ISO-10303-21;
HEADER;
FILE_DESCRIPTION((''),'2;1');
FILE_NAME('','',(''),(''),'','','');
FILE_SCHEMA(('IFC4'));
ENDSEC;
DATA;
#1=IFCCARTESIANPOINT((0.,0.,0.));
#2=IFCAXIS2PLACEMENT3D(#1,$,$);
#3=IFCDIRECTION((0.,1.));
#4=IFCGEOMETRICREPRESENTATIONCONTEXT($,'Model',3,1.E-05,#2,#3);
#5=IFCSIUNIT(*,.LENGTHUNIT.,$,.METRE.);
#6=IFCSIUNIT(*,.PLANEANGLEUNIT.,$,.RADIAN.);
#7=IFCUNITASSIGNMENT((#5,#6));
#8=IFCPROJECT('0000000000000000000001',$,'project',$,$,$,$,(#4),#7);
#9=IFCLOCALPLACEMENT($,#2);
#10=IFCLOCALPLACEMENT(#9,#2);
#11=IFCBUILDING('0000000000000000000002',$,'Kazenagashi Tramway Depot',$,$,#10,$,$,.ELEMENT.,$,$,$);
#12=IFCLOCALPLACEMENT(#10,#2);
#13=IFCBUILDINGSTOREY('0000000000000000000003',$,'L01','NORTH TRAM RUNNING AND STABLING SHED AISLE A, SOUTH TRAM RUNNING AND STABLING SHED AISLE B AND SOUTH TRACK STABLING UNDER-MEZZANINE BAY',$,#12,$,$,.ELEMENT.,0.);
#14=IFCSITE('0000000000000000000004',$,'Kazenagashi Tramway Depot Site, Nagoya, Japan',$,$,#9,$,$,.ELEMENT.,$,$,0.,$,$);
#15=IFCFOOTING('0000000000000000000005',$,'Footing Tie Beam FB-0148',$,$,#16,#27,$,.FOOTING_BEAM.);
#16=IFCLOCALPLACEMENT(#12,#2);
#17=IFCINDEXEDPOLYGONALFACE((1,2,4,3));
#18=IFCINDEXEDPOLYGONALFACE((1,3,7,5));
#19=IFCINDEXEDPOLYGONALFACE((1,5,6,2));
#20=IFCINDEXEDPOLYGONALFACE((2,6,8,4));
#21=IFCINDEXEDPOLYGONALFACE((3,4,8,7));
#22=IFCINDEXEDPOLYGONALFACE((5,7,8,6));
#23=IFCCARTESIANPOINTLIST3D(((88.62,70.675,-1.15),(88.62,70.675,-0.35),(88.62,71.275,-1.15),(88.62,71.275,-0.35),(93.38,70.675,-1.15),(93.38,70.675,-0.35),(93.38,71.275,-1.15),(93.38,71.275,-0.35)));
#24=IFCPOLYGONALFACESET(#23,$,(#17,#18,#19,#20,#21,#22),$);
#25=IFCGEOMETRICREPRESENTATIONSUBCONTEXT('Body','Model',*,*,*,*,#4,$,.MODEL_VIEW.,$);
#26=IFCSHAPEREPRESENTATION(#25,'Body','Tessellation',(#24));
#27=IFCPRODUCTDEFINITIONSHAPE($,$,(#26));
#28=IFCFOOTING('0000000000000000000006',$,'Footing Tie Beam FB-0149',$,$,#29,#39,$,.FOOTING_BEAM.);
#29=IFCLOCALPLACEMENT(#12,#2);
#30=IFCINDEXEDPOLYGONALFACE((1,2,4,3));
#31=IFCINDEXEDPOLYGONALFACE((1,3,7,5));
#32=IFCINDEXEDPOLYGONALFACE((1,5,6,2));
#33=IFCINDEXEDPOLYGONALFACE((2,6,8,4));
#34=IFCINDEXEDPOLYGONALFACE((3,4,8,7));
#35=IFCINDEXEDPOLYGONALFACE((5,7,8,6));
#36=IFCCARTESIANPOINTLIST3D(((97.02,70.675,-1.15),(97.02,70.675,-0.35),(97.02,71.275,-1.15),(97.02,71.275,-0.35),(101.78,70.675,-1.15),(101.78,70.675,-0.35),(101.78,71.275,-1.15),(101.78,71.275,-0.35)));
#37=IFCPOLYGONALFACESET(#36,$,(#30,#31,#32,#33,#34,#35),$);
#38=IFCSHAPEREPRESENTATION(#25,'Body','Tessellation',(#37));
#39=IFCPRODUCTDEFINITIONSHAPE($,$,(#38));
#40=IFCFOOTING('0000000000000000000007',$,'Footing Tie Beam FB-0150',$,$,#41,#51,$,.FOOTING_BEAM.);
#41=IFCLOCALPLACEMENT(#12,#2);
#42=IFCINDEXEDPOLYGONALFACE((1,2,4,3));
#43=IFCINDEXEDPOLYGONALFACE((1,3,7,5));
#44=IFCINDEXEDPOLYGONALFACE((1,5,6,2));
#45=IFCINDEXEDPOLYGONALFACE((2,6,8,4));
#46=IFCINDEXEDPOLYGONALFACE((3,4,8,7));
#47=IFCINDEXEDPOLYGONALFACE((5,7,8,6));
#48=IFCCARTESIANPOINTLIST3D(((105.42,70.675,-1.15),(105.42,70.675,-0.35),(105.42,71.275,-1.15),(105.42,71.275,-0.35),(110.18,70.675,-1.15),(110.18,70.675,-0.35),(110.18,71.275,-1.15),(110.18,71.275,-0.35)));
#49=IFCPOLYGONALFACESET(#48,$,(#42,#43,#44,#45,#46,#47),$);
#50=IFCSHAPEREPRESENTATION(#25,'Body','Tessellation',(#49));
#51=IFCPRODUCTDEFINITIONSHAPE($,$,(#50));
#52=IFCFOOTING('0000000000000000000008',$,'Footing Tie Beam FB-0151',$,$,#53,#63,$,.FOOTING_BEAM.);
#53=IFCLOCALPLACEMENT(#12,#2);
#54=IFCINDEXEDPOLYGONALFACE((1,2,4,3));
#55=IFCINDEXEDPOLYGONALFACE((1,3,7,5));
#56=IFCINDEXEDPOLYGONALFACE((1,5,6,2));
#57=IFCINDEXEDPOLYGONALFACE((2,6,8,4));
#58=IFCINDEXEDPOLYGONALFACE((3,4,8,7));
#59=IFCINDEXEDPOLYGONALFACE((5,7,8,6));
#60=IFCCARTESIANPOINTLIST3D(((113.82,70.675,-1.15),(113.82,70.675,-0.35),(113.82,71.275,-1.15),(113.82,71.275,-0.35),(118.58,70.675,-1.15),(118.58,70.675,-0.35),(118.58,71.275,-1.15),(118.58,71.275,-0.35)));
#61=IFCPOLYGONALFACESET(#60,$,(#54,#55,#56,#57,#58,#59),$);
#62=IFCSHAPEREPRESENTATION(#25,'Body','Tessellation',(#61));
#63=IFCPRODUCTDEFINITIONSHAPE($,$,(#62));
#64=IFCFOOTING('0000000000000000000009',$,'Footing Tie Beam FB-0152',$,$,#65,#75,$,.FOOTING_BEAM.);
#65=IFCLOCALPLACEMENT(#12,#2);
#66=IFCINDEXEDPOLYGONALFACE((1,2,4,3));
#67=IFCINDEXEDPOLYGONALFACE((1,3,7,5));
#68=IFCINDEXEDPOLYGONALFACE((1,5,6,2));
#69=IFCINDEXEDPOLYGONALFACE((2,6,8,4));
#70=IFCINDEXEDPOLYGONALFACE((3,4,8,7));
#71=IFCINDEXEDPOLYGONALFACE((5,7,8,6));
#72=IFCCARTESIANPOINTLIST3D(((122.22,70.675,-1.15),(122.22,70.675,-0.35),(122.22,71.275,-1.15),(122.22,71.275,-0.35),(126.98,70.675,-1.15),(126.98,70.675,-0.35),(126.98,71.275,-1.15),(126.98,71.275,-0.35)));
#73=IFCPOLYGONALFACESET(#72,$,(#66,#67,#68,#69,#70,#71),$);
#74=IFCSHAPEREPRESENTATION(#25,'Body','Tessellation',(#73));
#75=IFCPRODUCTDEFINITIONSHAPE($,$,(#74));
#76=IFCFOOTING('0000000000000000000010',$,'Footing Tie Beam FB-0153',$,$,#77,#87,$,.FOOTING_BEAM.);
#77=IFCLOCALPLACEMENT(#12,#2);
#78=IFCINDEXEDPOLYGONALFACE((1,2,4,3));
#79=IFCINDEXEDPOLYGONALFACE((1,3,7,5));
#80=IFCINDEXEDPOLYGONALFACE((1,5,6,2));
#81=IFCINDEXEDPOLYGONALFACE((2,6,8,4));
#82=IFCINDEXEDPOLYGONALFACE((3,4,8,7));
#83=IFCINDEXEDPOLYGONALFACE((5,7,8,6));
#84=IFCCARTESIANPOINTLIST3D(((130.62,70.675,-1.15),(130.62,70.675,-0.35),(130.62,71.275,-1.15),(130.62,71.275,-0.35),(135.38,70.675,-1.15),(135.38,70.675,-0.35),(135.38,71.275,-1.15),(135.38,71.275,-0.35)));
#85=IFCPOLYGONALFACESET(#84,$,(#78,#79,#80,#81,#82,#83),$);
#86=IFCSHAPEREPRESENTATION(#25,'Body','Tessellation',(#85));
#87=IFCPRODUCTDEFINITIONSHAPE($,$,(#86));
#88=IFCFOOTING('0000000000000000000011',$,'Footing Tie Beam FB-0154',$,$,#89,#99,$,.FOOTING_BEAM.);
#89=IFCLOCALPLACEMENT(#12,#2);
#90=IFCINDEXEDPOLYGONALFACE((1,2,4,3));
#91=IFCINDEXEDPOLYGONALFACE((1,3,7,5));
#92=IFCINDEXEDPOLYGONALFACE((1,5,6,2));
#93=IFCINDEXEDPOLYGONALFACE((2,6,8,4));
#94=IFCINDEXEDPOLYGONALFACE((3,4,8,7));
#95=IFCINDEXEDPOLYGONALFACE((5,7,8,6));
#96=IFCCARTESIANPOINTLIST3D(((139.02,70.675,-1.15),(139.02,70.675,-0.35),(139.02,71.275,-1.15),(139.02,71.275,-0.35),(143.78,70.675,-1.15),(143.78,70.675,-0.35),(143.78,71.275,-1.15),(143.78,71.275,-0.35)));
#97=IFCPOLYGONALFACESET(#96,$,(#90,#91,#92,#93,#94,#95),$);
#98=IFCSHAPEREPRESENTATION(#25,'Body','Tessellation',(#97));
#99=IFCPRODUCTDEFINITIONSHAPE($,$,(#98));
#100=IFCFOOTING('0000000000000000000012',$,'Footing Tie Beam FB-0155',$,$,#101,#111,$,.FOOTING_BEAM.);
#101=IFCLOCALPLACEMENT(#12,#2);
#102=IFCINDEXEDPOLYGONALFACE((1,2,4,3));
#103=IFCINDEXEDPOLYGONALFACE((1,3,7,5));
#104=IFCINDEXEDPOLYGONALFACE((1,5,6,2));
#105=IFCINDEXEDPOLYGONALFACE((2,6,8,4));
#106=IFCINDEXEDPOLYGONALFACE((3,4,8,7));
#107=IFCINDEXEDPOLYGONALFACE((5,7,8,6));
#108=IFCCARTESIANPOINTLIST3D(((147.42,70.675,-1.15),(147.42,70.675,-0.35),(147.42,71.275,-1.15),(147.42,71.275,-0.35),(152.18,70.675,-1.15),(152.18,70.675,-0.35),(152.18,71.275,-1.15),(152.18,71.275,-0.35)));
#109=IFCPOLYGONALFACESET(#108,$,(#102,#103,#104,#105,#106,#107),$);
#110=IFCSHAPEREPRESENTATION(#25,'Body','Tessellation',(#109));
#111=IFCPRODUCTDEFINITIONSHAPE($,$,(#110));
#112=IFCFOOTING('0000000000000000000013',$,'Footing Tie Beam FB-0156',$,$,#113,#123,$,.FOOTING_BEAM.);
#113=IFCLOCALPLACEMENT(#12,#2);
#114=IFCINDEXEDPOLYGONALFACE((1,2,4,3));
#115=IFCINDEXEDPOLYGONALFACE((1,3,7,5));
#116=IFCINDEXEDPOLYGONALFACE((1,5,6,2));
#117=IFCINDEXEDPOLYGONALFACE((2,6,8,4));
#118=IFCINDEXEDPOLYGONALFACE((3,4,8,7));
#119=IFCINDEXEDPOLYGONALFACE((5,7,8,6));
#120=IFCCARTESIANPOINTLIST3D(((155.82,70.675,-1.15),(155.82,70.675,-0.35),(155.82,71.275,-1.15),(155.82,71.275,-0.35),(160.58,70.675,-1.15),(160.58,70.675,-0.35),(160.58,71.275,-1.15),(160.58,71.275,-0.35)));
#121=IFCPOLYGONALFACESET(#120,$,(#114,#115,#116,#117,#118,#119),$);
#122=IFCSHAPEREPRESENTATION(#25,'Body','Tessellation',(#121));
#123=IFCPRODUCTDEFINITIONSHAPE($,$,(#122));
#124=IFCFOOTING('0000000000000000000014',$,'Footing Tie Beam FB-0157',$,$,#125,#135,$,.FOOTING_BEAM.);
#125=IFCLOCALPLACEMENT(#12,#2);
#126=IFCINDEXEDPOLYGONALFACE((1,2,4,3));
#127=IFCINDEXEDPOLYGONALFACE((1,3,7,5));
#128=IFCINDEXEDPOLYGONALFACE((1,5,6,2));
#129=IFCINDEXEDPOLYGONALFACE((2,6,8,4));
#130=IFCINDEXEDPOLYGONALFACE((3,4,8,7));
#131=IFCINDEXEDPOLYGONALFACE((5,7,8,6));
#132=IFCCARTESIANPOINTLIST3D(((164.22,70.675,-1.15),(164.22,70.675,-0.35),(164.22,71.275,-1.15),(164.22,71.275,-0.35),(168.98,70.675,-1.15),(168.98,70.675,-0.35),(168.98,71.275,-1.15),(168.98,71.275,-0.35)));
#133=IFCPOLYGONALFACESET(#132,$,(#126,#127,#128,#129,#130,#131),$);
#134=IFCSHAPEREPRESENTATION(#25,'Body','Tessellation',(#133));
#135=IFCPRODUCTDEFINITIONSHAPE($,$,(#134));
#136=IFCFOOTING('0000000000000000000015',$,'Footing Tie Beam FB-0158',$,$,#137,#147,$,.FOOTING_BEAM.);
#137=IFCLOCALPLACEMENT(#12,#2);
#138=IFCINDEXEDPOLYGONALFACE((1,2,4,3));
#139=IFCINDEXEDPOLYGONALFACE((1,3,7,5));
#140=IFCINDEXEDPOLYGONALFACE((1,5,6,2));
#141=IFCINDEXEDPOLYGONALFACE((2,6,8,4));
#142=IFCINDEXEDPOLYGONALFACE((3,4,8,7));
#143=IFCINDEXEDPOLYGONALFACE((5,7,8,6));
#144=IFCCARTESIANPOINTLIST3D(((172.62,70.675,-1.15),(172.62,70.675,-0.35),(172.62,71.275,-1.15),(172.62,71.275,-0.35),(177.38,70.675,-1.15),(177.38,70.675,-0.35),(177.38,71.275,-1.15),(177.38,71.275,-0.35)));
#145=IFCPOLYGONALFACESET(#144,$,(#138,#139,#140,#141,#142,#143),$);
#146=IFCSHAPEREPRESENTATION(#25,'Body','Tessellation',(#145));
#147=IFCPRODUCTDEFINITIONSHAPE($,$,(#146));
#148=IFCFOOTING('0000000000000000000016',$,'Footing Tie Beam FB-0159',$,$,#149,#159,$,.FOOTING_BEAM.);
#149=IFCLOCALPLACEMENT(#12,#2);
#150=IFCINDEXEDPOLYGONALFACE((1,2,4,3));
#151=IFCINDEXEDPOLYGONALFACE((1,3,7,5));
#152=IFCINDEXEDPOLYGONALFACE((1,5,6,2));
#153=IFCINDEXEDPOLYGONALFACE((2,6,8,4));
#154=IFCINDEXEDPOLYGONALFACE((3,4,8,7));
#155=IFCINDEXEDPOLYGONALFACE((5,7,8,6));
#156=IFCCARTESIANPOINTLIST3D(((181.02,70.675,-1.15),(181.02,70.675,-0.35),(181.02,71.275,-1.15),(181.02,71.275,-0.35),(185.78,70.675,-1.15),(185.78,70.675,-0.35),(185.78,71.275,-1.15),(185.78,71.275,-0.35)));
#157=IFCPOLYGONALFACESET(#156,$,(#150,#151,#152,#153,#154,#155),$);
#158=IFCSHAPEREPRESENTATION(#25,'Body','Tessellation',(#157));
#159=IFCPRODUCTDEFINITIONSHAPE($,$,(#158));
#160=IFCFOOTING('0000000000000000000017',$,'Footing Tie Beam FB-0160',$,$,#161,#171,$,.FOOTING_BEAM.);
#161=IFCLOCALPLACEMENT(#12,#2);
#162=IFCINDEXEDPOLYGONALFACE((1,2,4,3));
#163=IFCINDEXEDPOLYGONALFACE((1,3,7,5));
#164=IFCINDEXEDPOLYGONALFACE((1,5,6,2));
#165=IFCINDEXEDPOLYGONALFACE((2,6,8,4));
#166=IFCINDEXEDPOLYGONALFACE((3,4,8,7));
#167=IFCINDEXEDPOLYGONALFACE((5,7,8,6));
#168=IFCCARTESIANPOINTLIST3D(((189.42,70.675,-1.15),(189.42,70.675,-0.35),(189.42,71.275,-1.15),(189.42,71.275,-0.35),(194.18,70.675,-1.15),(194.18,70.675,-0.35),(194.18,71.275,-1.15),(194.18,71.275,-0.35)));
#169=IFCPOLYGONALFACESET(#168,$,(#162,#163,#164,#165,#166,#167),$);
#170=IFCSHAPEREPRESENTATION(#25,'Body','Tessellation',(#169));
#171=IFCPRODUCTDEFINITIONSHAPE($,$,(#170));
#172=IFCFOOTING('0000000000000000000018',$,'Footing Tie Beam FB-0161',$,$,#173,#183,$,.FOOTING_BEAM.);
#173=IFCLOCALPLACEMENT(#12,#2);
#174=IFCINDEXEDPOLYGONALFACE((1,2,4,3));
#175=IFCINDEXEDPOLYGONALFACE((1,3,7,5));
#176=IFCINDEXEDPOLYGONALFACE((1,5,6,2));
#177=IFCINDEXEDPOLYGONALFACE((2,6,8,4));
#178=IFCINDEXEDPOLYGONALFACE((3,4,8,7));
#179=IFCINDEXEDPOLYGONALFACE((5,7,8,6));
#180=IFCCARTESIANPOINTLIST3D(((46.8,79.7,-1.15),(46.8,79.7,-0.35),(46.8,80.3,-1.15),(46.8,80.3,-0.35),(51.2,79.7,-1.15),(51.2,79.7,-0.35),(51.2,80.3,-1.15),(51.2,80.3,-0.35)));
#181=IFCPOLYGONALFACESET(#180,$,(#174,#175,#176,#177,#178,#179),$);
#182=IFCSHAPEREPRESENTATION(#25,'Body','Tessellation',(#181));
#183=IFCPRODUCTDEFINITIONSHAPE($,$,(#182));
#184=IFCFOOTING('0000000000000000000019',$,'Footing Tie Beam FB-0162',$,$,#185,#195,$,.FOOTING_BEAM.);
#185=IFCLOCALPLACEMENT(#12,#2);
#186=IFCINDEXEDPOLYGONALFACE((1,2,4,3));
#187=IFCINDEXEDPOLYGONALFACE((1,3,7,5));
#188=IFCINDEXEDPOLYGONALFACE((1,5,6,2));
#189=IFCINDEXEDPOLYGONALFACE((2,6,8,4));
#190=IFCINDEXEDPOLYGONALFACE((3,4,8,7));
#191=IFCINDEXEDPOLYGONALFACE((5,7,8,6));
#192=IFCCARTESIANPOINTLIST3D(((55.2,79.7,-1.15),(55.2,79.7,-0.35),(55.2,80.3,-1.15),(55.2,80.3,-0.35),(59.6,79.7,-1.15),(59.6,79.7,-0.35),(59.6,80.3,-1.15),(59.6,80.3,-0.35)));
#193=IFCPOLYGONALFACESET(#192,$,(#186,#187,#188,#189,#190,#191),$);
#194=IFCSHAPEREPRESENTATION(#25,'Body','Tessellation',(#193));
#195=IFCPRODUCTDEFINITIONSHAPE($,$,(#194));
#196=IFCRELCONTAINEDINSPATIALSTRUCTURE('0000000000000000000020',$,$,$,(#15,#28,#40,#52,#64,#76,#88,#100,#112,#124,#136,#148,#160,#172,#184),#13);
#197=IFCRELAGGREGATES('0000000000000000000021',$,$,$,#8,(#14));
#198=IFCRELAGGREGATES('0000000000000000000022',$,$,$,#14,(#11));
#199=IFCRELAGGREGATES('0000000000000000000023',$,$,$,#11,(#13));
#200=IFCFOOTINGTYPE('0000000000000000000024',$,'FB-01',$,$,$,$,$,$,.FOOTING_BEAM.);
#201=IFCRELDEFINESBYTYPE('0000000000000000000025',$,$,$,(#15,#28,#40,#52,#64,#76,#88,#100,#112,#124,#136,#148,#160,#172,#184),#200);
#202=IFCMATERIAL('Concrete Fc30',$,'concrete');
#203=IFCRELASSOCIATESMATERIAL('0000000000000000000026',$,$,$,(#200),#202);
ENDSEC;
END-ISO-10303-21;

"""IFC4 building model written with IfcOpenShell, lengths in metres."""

from ifc_helpers import new_model, si_unit, direction, frame, origin, place, context, subcontext, project, spatial, polyline, outline, extrude, material, type_object, element, save


model = new_model("IFC4")

# Units and contexts
model_context = context("Model", 3, precision=1e-05, world=origin(), true_north=direction((0.0, 1.0)))
body_context = subcontext(model_context, "Body", "Model", "MODEL_VIEW")
ifc_project = project(units=[si_unit("LENGTHUNIT", "METRE"), si_unit("PLANEANGLEUNIT", "RADIAN")], contexts=[model_context])

# Site, building, storey
site_placement = place(None, origin())
site = spatial("IfcSite", under=ifc_project, at=site_placement, Name="Kazenagashi Tramway Depot Site, Nagoya, Japan", CompositionType="ELEMENT", RefElevation=0.0)
building_placement = place(site_placement, origin())
building = spatial("IfcBuilding", under=site, at=building_placement, Name="Kazenagashi Tramway Depot", CompositionType="ELEMENT")
storey_placement = place(building_placement, origin())
storey = spatial("IfcBuildingStorey", under=building, at=storey_placement, Name="L01", Description="NORTH TRAM RUNNING AND STABLING SHED AISLE A, SOUTH TRAM RUNNING AND STABLING SHED AISLE B AND SOUTH TRACK STABLING UNDER-MEZZANINE BAY", CompositionType="ELEMENT", Elevation=0.0)

# Footings
ifc_material = material(Name="Concrete Fc30", Category="concrete")
footing_type = type_object("IfcFootingType", Name="FB-01", PredefinedType="FOOTING_BEAM", material=ifc_material)
footing_1_placement = place(storey_placement, frame((0.0, 0.0, -1.15)))
element("IfcFooting", 1, at=footing_1_placement, inside=storey, type_object=footing_type, Name="Footing Tie Beam FB-0148", PredefinedType="FOOTING_BEAM", context=body_context, shape_type="SweptSolid", body=[
    extrude(outline(polyline([(88.62, 70.675), (93.38, 70.675), (93.38, 71.275), (88.62, 71.275), (88.62, 70.675)])), origin(), (0.0, 0.0, 1.0), 0.8),
])
footing_2_placement = place(storey_placement, frame((0.0, 0.0, -1.15)))
element("IfcFooting", 2, at=footing_2_placement, inside=storey, type_object=footing_type, Name="Footing Tie Beam FB-0149", PredefinedType="FOOTING_BEAM", context=body_context, shape_type="SweptSolid", body=[
    extrude(outline(polyline([(97.02, 70.675), (101.78, 70.675), (101.78, 71.275), (97.02, 71.275), (97.02, 70.675)])), origin(), (0.0, 0.0, 1.0), 0.8),
])
footing_3_placement = place(storey_placement, frame((0.0, 0.0, -1.15)))
element("IfcFooting", 3, at=footing_3_placement, inside=storey, type_object=footing_type, Name="Footing Tie Beam FB-0150", PredefinedType="FOOTING_BEAM", context=body_context, shape_type="SweptSolid", body=[
    extrude(outline(polyline([(105.42, 70.675), (110.18, 70.675), (110.18, 71.275), (105.42, 71.275), (105.42, 70.675)])), origin(), (0.0, 0.0, 1.0), 0.8),
])
footing_4_placement = place(storey_placement, frame((0.0, 0.0, -1.15)))
element("IfcFooting", 4, at=footing_4_placement, inside=storey, type_object=footing_type, Name="Footing Tie Beam FB-0151", PredefinedType="FOOTING_BEAM", context=body_context, shape_type="SweptSolid", body=[
    extrude(outline(polyline([(113.82, 70.675), (118.58, 70.675), (118.58, 71.275), (113.82, 71.275), (113.82, 70.675)])), origin(), (0.0, 0.0, 1.0), 0.8),
])
footing_5_placement = place(storey_placement, frame((0.0, 0.0, -1.15)))
element("IfcFooting", 5, at=footing_5_placement, inside=storey, type_object=footing_type, Name="Footing Tie Beam FB-0152", PredefinedType="FOOTING_BEAM", context=body_context, shape_type="SweptSolid", body=[
    extrude(outline(polyline([(122.22, 70.675), (126.98, 70.675), (126.98, 71.275), (122.22, 71.275), (122.22, 70.675)])), origin(), (0.0, 0.0, 1.0), 0.8),
])
footing_6_placement = place(storey_placement, frame((0.0, 0.0, -1.15)))
element("IfcFooting", 6, at=footing_6_placement, inside=storey, type_object=footing_type, Name="Footing Tie Beam FB-0153", PredefinedType="FOOTING_BEAM", context=body_context, shape_type="SweptSolid", body=[
    extrude(outline(polyline([(130.62, 70.675), (135.38, 70.675), (135.38, 71.275), (130.62, 71.275), (130.62, 70.675)])), origin(), (0.0, 0.0, 1.0), 0.8),
])
footing_7_placement = place(storey_placement, frame((0.0, 0.0, -1.15)))
element("IfcFooting", 7, at=footing_7_placement, inside=storey, type_object=footing_type, Name="Footing Tie Beam FB-0154", PredefinedType="FOOTING_BEAM", context=body_context, shape_type="SweptSolid", body=[
    extrude(outline(polyline([(139.02, 70.675), (143.78, 70.675), (143.78, 71.275), (139.02, 71.275), (139.02, 70.675)])), origin(), (0.0, 0.0, 1.0), 0.8),
])
footing_8_placement = place(storey_placement, frame((0.0, 0.0, -1.15)))
element("IfcFooting", 8, at=footing_8_placement, inside=storey, type_object=footing_type, Name="Footing Tie Beam FB-0155", PredefinedType="FOOTING_BEAM", context=body_context, shape_type="SweptSolid", body=[
    extrude(outline(polyline([(147.42, 70.675), (152.18, 70.675), (152.18, 71.275), (147.42, 71.275), (147.42, 70.675)])), origin(), (0.0, 0.0, 1.0), 0.8),
])
footing_9_placement = place(storey_placement, frame((0.0, 0.0, -1.15)))
element("IfcFooting", 9, at=footing_9_placement, inside=storey, type_object=footing_type, Name="Footing Tie Beam FB-0156", PredefinedType="FOOTING_BEAM", context=body_context, shape_type="SweptSolid", body=[
    extrude(outline(polyline([(155.82, 70.675), (160.58, 70.675), (160.58, 71.275), (155.82, 71.275), (155.82, 70.675)])), origin(), (0.0, 0.0, 1.0), 0.8),
])
footing_10_placement = place(storey_placement, frame((0.0, 0.0, -1.15)))
element("IfcFooting", 10, at=footing_10_placement, inside=storey, type_object=footing_type, Name="Footing Tie Beam FB-0157", PredefinedType="FOOTING_BEAM", context=body_context, shape_type="SweptSolid", body=[
    extrude(outline(polyline([(164.22, 70.675), (168.98, 70.675), (168.98, 71.275), (164.22, 71.275), (164.22, 70.675)])), origin(), (0.0, 0.0, 1.0), 0.8),
])
footing_11_placement = place(storey_placement, frame((0.0, 0.0, -1.15)))
element("IfcFooting", 11, at=footing_11_placement, inside=storey, type_object=footing_type, Name="Footing Tie Beam FB-0158", PredefinedType="FOOTING_BEAM", context=body_context, shape_type="SweptSolid", body=[
    extrude(outline(polyline([(172.62, 70.675), (177.38, 70.675), (177.38, 71.275), (172.62, 71.275), (172.62, 70.675)])), origin(), (0.0, 0.0, 1.0), 0.8),
])
footing_12_placement = place(storey_placement, frame((0.0, 0.0, -1.15)))
element("IfcFooting", 12, at=footing_12_placement, inside=storey, type_object=footing_type, Name="Footing Tie Beam FB-0159", PredefinedType="FOOTING_BEAM", context=body_context, shape_type="SweptSolid", body=[
    extrude(outline(polyline([(181.02, 70.675), (185.78, 70.675), (185.78, 71.275), (181.02, 71.275), (181.02, 70.675)])), origin(), (0.0, 0.0, 1.0), 0.8),
])
footing_13_placement = place(storey_placement, frame((0.0, 0.0, -1.15)))
element("IfcFooting", 13, at=footing_13_placement, inside=storey, type_object=footing_type, Name="Footing Tie Beam FB-0160", PredefinedType="FOOTING_BEAM", context=body_context, shape_type="SweptSolid", body=[
    extrude(outline(polyline([(189.42, 70.675), (194.18, 70.675), (194.18, 71.275), (189.42, 71.275), (189.42, 70.675)])), origin(), (0.0, 0.0, 1.0), 0.8),
])
footing_14_placement = place(storey_placement, frame((0.0, 0.0, -1.15)))
element("IfcFooting", 14, at=footing_14_placement, inside=storey, type_object=footing_type, Name="Footing Tie Beam FB-0161", PredefinedType="FOOTING_BEAM", context=body_context, shape_type="SweptSolid", body=[
    extrude(outline(polyline([(46.8, 79.7), (51.2, 79.7), (51.2, 80.3), (46.8, 80.3), (46.8, 79.7)])), origin(), (0.0, 0.0, 1.0), 0.8),
])
footing_15_placement = place(storey_placement, frame((0.0, 0.0, -1.15)))
element("IfcFooting", 15, at=footing_15_placement, inside=storey, type_object=footing_type, Name="Footing Tie Beam FB-0162", PredefinedType="FOOTING_BEAM", context=body_context, shape_type="SweptSolid", body=[
    extrude(outline(polyline([(55.2, 79.7), (59.6, 79.7), (59.6, 80.3), (55.2, 80.3), (55.2, 79.7)])), origin(), (0.0, 0.0, 1.0), 0.8),
])

save(model, "model.ifc")
